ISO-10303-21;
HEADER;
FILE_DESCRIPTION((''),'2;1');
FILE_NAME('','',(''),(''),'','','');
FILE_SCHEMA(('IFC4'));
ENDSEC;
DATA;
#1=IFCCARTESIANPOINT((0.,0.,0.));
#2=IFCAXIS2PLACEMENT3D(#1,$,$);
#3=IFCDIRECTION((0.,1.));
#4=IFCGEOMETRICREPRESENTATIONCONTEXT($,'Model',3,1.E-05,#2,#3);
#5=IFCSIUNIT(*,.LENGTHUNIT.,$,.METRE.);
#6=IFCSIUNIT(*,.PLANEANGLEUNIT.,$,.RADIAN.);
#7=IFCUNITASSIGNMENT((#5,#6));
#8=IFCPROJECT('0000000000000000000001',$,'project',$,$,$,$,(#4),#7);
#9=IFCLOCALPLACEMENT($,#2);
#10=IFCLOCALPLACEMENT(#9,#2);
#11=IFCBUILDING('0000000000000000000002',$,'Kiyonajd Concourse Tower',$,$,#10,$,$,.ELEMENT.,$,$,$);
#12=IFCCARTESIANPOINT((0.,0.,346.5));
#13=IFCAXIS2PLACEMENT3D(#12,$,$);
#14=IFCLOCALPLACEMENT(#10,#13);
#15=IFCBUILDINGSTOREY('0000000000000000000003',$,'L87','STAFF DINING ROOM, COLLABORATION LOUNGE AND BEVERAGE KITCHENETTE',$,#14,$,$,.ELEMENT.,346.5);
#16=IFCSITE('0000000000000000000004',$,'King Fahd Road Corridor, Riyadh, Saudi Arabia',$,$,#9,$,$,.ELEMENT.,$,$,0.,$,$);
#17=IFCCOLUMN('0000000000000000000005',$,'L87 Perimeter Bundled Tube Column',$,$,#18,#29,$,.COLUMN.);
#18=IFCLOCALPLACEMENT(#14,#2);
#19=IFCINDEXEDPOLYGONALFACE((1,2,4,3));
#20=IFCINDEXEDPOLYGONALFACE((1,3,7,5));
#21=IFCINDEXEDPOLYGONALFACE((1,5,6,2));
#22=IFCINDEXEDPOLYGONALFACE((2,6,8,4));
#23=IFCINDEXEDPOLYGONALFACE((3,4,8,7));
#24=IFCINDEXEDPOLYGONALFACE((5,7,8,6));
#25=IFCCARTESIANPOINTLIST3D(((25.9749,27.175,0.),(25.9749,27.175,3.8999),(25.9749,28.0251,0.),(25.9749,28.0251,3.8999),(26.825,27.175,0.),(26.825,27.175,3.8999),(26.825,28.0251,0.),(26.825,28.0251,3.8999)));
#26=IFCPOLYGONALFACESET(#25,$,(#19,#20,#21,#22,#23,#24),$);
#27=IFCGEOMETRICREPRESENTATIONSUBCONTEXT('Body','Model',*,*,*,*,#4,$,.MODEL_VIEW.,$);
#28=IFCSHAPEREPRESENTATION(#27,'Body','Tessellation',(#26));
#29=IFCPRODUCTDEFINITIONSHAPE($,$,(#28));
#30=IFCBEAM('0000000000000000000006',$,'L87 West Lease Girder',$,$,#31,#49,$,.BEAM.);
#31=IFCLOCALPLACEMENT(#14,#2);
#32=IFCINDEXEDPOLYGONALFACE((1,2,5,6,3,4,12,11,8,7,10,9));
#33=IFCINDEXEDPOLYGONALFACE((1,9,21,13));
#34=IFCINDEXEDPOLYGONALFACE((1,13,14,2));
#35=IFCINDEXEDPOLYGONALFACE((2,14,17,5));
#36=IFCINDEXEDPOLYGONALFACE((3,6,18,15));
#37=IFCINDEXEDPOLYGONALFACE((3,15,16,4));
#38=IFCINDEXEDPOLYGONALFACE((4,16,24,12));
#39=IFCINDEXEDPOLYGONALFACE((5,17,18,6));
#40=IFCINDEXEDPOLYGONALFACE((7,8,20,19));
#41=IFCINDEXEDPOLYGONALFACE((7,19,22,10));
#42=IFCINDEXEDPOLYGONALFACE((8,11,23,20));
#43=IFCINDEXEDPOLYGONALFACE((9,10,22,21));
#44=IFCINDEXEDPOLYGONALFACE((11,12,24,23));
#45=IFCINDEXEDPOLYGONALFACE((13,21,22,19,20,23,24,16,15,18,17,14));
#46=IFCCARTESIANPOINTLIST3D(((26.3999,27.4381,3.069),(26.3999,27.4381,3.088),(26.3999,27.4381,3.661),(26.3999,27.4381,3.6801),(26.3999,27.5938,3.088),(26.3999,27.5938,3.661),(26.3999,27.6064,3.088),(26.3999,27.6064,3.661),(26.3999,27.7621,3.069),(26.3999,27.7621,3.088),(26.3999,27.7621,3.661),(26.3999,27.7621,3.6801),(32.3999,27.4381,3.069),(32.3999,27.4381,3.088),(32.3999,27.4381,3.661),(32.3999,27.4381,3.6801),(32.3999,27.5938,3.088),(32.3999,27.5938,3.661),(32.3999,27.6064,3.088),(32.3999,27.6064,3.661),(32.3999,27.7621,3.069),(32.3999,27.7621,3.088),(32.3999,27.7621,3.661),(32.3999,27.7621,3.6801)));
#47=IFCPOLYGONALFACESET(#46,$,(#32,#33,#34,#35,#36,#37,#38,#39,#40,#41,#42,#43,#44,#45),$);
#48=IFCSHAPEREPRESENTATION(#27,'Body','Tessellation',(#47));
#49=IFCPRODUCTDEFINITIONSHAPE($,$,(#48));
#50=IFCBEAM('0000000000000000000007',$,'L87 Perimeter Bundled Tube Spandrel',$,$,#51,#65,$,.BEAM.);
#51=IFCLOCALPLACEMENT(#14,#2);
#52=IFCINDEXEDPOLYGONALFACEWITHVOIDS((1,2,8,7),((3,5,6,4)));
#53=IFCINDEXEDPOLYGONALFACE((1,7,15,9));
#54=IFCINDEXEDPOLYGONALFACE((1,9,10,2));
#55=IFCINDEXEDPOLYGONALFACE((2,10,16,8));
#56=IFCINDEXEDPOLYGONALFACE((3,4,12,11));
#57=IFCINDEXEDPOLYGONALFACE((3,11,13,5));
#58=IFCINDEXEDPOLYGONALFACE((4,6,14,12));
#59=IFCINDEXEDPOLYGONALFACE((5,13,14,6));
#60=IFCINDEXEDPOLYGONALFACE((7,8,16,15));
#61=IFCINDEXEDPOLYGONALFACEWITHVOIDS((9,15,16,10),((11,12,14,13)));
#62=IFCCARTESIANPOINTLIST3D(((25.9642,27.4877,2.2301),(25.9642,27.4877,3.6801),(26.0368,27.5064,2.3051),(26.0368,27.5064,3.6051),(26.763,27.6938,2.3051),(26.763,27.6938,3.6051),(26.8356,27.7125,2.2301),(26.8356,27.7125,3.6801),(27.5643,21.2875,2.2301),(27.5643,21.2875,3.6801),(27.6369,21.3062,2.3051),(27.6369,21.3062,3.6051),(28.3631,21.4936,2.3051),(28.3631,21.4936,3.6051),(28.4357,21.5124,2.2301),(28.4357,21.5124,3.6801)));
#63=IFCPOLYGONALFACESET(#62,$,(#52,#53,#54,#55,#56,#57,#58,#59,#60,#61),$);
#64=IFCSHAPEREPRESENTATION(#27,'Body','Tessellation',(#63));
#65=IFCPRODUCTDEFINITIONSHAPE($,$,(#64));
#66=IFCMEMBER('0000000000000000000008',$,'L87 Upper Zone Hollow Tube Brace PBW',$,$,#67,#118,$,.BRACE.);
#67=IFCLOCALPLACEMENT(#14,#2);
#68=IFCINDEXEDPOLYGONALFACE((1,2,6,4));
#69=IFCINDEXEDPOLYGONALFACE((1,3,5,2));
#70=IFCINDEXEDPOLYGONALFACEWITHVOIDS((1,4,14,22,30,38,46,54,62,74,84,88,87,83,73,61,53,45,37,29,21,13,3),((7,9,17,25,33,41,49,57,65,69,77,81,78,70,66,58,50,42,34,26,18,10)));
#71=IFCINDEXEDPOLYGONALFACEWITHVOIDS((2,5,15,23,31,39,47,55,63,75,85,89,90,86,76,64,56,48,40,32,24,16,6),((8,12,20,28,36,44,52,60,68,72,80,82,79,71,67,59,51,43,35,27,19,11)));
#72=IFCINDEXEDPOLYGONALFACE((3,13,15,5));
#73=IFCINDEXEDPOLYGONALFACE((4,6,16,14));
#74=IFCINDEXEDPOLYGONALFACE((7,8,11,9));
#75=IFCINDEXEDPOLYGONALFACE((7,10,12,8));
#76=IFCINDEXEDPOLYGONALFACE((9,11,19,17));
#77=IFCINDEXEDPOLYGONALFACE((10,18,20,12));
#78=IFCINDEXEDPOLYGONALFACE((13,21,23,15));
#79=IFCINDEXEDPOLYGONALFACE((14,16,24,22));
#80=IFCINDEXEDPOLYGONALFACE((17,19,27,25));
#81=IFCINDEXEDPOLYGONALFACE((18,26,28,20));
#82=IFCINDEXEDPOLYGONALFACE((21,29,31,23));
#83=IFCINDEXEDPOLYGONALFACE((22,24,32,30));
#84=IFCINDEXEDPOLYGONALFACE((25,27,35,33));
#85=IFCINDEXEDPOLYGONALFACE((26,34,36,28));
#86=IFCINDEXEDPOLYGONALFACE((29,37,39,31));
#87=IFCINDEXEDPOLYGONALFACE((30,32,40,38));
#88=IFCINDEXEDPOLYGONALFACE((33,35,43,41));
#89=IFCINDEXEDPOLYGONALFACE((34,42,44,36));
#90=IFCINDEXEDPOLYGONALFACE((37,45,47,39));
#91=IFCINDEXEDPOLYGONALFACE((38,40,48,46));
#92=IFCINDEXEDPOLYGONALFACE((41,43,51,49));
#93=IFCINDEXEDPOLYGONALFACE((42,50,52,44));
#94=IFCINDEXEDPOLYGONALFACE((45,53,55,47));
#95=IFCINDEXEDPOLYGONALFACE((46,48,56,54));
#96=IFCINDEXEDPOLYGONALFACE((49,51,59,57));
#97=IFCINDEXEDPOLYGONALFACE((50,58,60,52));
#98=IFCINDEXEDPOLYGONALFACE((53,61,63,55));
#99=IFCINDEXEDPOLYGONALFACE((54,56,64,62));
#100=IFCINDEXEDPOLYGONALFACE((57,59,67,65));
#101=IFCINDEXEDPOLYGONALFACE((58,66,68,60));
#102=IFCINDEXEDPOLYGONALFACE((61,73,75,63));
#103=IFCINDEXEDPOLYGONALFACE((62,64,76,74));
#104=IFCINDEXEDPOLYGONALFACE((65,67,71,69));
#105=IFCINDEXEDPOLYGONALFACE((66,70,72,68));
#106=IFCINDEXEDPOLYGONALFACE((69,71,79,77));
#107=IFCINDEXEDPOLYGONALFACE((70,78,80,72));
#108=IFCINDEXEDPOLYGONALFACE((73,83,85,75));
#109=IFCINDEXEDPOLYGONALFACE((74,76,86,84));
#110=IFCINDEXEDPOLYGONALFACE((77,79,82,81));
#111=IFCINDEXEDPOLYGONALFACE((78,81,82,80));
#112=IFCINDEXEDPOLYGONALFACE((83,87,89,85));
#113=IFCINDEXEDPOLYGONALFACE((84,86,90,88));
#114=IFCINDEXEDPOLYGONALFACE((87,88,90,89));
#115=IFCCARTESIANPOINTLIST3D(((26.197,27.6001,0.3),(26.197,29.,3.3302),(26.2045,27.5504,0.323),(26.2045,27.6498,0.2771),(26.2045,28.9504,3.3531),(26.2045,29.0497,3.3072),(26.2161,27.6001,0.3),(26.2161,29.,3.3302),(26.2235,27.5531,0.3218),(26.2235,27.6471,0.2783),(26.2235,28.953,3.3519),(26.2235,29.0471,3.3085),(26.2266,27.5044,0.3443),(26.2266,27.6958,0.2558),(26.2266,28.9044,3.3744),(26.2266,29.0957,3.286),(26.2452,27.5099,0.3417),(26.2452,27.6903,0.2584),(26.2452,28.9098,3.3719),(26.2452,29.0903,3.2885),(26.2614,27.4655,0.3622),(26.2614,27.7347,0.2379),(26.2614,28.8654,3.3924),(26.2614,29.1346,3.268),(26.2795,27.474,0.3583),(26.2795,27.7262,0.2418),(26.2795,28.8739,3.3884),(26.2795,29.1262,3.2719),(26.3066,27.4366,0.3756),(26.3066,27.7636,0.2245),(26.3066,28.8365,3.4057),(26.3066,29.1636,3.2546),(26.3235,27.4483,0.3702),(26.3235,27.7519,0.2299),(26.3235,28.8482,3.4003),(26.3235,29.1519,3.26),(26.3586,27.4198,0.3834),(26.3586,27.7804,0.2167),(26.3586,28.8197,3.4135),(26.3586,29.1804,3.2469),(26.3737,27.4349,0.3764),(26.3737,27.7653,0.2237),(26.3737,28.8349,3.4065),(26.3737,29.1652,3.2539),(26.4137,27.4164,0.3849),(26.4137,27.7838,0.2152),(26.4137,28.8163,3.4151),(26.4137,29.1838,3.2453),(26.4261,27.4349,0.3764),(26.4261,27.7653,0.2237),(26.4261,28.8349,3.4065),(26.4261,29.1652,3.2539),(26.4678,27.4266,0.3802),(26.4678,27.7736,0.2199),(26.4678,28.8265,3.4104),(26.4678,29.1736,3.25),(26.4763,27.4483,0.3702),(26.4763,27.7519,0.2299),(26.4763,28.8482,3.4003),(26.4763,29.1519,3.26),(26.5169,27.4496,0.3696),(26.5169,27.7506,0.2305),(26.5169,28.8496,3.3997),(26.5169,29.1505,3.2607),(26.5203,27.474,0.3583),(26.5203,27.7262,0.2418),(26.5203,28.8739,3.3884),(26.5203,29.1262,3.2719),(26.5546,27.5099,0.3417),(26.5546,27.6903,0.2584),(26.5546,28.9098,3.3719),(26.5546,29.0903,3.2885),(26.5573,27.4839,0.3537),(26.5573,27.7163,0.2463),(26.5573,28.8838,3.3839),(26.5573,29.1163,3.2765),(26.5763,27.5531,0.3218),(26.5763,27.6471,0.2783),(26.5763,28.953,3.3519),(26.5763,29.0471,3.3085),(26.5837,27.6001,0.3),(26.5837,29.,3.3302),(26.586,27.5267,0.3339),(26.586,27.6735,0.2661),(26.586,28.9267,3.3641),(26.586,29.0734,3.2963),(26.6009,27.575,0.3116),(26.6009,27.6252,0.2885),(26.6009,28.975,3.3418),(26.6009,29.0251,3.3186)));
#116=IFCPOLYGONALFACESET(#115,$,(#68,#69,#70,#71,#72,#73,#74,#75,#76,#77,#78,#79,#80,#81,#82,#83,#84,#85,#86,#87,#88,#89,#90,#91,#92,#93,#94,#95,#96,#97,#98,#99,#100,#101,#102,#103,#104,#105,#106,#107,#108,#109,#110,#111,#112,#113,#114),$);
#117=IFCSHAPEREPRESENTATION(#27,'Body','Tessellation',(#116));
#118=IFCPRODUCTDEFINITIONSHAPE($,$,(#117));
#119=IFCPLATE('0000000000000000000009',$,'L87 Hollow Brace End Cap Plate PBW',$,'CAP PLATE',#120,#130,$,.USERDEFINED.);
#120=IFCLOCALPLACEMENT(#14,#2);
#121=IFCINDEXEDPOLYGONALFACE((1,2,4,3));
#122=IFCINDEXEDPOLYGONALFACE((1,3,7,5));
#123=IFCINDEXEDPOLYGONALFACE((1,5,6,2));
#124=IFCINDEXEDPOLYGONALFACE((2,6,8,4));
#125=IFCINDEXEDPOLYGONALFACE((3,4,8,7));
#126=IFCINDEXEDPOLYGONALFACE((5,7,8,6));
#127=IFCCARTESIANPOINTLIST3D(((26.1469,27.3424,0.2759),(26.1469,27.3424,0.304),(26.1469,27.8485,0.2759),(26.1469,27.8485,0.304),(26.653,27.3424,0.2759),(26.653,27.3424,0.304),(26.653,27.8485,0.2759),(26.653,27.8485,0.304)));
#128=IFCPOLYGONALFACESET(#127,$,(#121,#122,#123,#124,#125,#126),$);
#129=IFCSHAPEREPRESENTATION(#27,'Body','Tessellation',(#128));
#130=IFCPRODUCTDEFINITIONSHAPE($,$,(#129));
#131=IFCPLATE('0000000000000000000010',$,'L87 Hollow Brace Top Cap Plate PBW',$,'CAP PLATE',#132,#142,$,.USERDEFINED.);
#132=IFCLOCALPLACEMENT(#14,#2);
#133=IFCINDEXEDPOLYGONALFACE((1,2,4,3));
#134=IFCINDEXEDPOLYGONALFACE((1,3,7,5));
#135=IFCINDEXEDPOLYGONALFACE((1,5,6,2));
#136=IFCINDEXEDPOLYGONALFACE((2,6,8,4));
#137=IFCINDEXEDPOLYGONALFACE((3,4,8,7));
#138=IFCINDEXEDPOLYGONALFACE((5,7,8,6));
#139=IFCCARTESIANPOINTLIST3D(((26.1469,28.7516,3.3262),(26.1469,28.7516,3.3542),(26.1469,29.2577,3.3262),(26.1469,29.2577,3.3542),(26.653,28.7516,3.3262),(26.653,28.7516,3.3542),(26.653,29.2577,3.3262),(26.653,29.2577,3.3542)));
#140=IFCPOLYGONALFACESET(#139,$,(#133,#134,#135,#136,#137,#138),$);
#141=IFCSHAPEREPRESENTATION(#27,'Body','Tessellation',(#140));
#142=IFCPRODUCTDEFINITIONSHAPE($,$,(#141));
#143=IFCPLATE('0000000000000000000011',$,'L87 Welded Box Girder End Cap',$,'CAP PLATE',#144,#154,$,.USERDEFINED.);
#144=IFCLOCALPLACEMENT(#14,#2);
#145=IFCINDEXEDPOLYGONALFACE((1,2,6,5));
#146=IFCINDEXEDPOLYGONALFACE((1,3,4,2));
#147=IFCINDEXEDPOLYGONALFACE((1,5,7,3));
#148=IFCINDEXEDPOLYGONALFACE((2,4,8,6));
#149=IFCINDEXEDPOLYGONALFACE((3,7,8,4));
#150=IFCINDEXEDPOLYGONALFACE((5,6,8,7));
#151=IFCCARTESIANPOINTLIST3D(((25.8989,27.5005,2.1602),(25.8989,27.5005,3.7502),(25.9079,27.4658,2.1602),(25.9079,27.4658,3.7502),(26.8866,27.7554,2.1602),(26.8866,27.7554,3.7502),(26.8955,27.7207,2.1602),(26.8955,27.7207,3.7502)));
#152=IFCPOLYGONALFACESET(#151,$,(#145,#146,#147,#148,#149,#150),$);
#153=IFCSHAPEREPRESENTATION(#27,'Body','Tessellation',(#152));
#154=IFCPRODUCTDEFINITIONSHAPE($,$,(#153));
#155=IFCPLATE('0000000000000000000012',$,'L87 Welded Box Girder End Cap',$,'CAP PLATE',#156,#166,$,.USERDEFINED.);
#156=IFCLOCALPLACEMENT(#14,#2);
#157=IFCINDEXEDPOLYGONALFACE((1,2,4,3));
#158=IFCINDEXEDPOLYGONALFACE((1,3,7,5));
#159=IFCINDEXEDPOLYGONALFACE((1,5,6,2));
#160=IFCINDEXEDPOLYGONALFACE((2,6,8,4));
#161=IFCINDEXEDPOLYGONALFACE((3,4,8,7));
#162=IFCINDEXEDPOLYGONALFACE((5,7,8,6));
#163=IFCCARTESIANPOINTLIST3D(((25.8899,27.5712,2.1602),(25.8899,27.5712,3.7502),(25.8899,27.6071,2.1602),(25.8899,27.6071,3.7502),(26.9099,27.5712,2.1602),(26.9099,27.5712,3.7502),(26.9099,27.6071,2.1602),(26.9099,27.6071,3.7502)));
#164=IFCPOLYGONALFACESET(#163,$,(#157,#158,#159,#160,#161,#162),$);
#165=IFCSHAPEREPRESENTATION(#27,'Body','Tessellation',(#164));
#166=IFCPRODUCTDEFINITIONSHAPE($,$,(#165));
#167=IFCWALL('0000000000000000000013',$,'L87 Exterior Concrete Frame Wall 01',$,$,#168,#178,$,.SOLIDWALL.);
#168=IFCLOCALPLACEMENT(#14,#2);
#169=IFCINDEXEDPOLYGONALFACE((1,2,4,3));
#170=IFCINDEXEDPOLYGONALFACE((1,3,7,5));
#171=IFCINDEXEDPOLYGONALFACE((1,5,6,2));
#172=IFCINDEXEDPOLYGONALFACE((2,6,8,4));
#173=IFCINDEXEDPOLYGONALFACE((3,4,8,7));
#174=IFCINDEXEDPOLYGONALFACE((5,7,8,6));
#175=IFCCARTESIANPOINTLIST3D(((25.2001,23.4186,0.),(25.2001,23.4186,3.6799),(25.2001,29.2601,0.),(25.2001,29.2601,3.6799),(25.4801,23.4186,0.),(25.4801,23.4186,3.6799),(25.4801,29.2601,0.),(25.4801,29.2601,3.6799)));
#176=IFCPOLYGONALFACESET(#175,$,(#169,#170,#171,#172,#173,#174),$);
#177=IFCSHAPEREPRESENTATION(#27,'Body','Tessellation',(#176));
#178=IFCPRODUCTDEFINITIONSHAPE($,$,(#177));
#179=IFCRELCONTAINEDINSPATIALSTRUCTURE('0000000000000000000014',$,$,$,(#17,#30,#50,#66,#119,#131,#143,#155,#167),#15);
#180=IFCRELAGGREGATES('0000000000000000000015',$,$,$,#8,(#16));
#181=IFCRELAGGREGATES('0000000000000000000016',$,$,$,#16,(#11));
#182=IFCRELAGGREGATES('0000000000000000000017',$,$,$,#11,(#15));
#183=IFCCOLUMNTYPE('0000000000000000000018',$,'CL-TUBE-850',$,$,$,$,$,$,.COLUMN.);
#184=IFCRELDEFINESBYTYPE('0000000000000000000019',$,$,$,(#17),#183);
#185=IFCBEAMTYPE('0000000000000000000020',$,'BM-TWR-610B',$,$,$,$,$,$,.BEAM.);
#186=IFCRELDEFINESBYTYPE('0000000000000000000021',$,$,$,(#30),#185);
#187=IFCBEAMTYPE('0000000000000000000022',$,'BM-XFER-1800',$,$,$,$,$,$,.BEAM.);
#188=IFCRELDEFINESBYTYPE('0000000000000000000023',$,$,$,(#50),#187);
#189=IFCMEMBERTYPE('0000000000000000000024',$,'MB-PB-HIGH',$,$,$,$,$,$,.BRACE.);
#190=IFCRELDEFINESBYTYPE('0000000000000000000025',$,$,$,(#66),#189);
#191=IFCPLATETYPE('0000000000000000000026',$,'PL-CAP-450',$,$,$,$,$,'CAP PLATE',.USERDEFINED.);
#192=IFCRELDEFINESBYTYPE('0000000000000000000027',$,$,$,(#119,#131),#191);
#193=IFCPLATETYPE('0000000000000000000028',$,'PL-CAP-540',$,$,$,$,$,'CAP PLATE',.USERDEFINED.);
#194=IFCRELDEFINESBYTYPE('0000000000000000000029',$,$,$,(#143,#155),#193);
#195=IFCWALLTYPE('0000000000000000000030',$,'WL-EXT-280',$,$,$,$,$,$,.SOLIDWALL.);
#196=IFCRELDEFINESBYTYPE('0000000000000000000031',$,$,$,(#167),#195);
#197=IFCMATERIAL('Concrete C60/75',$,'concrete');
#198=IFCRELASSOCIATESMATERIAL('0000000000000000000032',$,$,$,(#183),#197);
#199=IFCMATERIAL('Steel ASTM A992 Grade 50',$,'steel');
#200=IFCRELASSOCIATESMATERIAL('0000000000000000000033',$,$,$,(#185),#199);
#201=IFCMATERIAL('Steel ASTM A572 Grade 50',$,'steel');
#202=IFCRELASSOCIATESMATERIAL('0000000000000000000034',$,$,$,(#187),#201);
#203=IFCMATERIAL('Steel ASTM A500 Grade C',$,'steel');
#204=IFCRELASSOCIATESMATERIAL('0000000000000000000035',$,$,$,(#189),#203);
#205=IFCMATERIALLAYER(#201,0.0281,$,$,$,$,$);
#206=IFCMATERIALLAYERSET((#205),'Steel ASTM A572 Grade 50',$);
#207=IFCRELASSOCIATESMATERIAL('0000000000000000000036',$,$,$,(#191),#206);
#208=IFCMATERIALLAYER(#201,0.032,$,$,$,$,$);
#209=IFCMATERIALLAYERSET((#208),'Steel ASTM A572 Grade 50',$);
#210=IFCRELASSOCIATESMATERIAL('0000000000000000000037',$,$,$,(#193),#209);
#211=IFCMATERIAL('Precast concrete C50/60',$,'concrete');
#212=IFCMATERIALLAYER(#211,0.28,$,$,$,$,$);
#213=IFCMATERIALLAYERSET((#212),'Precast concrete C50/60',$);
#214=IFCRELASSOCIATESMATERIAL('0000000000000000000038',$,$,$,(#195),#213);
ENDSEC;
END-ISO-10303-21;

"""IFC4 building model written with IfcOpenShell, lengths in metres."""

from ifc_helpers import new_model, si_unit, direction, frame, frame_2d, origin, origin_2d, place, context, subcontext, project, spatial, rectangle, hollow_rectangle, hollow_circle, i_section, extrude, material, layer, layer_set, material_profile, profile_set, type_object, element, save


model = new_model("IFC4")

# Units and contexts
model_context = context("Model", 3, precision=1e-05, world=origin(), true_north=direction((0.0, 1.0)))
body_context = subcontext(model_context, "Body", "Model", "MODEL_VIEW")
ifc_project = project(units=[si_unit("LENGTHUNIT", "METRE"), si_unit("PLANEANGLEUNIT", "RADIAN")], contexts=[model_context])

# Site, building, storey
site_placement = place(None, origin())
site = spatial("IfcSite", under=ifc_project, at=site_placement, Name="King Fahd Road Corridor, Riyadh, Saudi Arabia", CompositionType="ELEMENT", RefElevation=0.0)
building_placement = place(site_placement, origin())
building = spatial("IfcBuilding", under=site, at=building_placement, Name="Kiyonajd Concourse Tower", CompositionType="ELEMENT")
storey_placement = place(building_placement, frame((0.0, 0.0, 346.5)))
storey = spatial("IfcBuildingStorey", under=building, at=storey_placement, Name="L87", Description="STAFF DINING ROOM, COLLABORATION LOUNGE AND BEVERAGE KITCHENETTE", CompositionType="ELEMENT", Elevation=346.5)

# Column
ifc_material_1 = material(Name="Concrete C60/75", Category="concrete")
ifc_material_profile_1 = material_profile(ifc_material_1, rectangle(XDim=0.8501, YDim=0.8501, at=origin_2d()), Name="RC-850x850")
ifc_profile_set_1 = profile_set([ifc_material_profile_1], Name="Concrete C60/75")
column_type = type_object("IfcColumnType", Name="CL-TUBE-850", PredefinedType="COLUMN", material=ifc_profile_set_1)
column_placement = place(storey_placement, frame((26.3999, 27.6001, 0.0), z_axis=(0.0, 0.0, 1.0), x_axis=(1.0, 0.0, 0.0)))
element("IfcColumn", 1, at=column_placement, inside=storey, type_object=column_type, Name="L87 Perimeter Bundled Tube Column", PredefinedType="COLUMN", context=body_context, shape_type="SweptSolid", body=[
    extrude(rectangle(XDim=0.8501, YDim=0.8501, at=origin_2d()), origin(), (0.0, 0.0, 1.0), 3.8999),
])

# Beams
ifc_material_2 = material(Name="Steel ASTM A992 Grade 50", Category="steel")
ifc_material_profile_2 = material_profile(ifc_material_2, i_section(OverallWidth=0.324, OverallDepth=0.6111, WebThickness=0.0127, FlangeThickness=0.019, at=origin_2d()), Name="W610X155")
ifc_profile_set_2 = profile_set([ifc_material_profile_2], Name="Steel ASTM A992 Grade 50")
beam_type_1 = type_object("IfcBeamType", Name="BM-TWR-610B", PredefinedType="BEAM", material=ifc_profile_set_2)
beam_1_placement = place(storey_placement, frame((26.3999, 27.6001, 3.3745), z_axis=(1.0, 0.0, 0.0), x_axis=(0.0, 1.0, 0.0)))
element("IfcBeam", 2, at=beam_1_placement, inside=storey, type_object=beam_type_1, Name="L87 West Lease Girder", PredefinedType="BEAM", context=body_context, shape_type="SweptSolid", body=[
    extrude(i_section(OverallWidth=0.324, OverallDepth=0.6111, WebThickness=0.0127, FlangeThickness=0.019, at=origin_2d()), origin(), (0.0, 0.0, 1.0), 6.0),
])
ifc_material_3 = material(Name="Steel ASTM A572 Grade 50", Category="steel")
ifc_material_profile_3 = material_profile(ifc_material_3, hollow_rectangle(XDim=0.8999, YDim=1.45, WallThickness=0.075, at=origin_2d()), Name="BOX-1450x900x75")
ifc_profile_set_3 = profile_set([ifc_material_profile_3], Name="Steel ASTM A572 Grade 50")
beam_type_2 = type_object("IfcBeamType", Name="BM-XFER-1800", PredefinedType="BEAM", material=ifc_profile_set_3)
beam_2_placement = place(storey_placement, frame((26.3999, 27.6001, 2.9551), z_axis=(0.249885, -0.968276, 0.0), x_axis=(0.968276, 0.249885, 0.0)))
element("IfcBeam", 3, at=beam_2_placement, inside=storey, type_object=beam_type_2, Name="L87 Perimeter Bundled Tube Spandrel", PredefinedType="BEAM", context=body_context, shape_type="SweptSolid", body=[
    extrude(hollow_rectangle(XDim=0.8999, YDim=1.45, WallThickness=0.075, at=origin_2d()), origin(), (0.0, 0.0, 1.0), 6.4033),
])

# Member
ifc_material_4 = material(Name="Steel ASTM A500 Grade C", Category="steel")
ifc_material_profile_4 = material_profile(ifc_material_4, hollow_circle(Radius=0.2029, WallThickness=0.019, at=origin_2d()), Name="CHS-406x19")
ifc_profile_set_4 = profile_set([ifc_material_profile_4], Name="Steel ASTM A500 Grade C")
member_type = type_object("IfcMemberType", Name="MB-PB-HIGH", PredefinedType="BRACE", material=ifc_profile_set_4)
member_placement = place(storey_placement, frame((26.3999, 27.6001, 0.3), z_axis=(0.0, 0.419411, 0.907797), x_axis=(-1.0, 0.0, 0.0)))
element("IfcMember", 4, at=member_placement, inside=storey, type_object=member_type, Name="L87 Upper Zone Hollow Tube Brace PBW", PredefinedType="BRACE", context=body_context, shape_type="SweptSolid", body=[
    extrude(hollow_circle(Radius=0.2029, WallThickness=0.019, at=origin_2d()), origin(), (0.0, 0.0, 1.0), 3.3379),
])

# Plates
ifc_layer_1 = layer(ifc_material_3, 0.0281)
ifc_layer_set_1 = layer_set([ifc_layer_1], Name="Steel ASTM A572 Grade 50")
plate_type_1 = type_object("IfcPlateType", Name="PL-CAP-450", ElementType="CAP PLATE", PredefinedType="USERDEFINED", material=ifc_layer_set_1)
for number, where, z_axis, x_axis, name in (
    (5, (26.3999, 27.5955, 0.2759), (0.0, 0.0, 1.0), (1.0, 0.0, 0.0), "L87 Hollow Brace End Cap Plate PBW"),
    (6, (26.3999, 29.0046, 3.3262), (0.0, 0.0, 1.0), (1.0, 0.0, 0.0), "L87 Hollow Brace Top Cap Plate PBW"),
):
    element("IfcPlate", number, at=place(storey_placement, frame(where, z_axis=z_axis, x_axis=x_axis)), inside=storey, type_object=plate_type_1, Name=name, ObjectType="CAP PLATE", PredefinedType="USERDEFINED", context=body_context, shape_type="SweptSolid", body=[
        extrude(rectangle(XDim=0.5061, YDim=0.5061, at=origin_2d()), origin(), (0.0, 0.0, 1.0), 0.0281),
    ])
ifc_layer_2 = layer(ifc_material_3, 0.032)
ifc_layer_set_2 = layer_set([ifc_layer_2], Name="Steel ASTM A572 Grade 50")
plate_type_2 = type_object("IfcPlateType", Name="PL-CAP-540", ElementType="CAP PLATE", PredefinedType="USERDEFINED", material=ifc_layer_set_2)
for number, where, z_axis, x_axis, name in (
    (7, (26.3972, 27.6106, 2.1602), (0.0, 0.0, 1.0), (-0.249873, 0.968279, 0.0), "L87 Welded Box Girder End Cap"),
    (8, (26.3999, 27.5891, 2.1602), (0.0, 0.0, 1.0), (0.0, -1.0, 0.0), "L87 Welded Box Girder End Cap"),
):
    element("IfcPlate", number, at=place(storey_placement, frame(where, z_axis=z_axis, x_axis=x_axis)), inside=storey, type_object=plate_type_2, Name=name, ObjectType="CAP PLATE", PredefinedType="USERDEFINED", context=body_context, shape_type="SweptSolid", body=[
        extrude(rectangle(XDim=0.0359, YDim=1.02, at=origin_2d()), origin(), (0.0, 0.0, 1.0), 1.5901),
    ])

# Wall
ifc_material_5 = material(Name="Precast concrete C50/60", Category="concrete")
ifc_layer_3 = layer(ifc_material_5, 0.28)
ifc_layer_set_3 = layer_set([ifc_layer_3], Name="Precast concrete C50/60")
wall_type_1 = type_object("IfcWallType", Name="WL-EXT-280", PredefinedType="SOLIDWALL", material=ifc_layer_set_3)
wall_1_placement = place(storey_placement, frame((25.3401, 23.4185, 0.0), z_axis=(0.0, 0.0, 1.0), x_axis=(0.0, 1.0, 0.0)))
element("IfcWall", 9, at=wall_1_placement, inside=storey, type_object=wall_type_1, Name="L87 Exterior Concrete Frame Wall 01", PredefinedType="SOLIDWALL", context=body_context, shape_type="SweptSolid", body=[
    extrude(rectangle(XDim=5.8416, YDim=0.28, at=frame_2d((2.9209, 0.0))), origin(), (0.0, 0.0, 1.0), 3.6799),
])

save(model, "model.ifc")
